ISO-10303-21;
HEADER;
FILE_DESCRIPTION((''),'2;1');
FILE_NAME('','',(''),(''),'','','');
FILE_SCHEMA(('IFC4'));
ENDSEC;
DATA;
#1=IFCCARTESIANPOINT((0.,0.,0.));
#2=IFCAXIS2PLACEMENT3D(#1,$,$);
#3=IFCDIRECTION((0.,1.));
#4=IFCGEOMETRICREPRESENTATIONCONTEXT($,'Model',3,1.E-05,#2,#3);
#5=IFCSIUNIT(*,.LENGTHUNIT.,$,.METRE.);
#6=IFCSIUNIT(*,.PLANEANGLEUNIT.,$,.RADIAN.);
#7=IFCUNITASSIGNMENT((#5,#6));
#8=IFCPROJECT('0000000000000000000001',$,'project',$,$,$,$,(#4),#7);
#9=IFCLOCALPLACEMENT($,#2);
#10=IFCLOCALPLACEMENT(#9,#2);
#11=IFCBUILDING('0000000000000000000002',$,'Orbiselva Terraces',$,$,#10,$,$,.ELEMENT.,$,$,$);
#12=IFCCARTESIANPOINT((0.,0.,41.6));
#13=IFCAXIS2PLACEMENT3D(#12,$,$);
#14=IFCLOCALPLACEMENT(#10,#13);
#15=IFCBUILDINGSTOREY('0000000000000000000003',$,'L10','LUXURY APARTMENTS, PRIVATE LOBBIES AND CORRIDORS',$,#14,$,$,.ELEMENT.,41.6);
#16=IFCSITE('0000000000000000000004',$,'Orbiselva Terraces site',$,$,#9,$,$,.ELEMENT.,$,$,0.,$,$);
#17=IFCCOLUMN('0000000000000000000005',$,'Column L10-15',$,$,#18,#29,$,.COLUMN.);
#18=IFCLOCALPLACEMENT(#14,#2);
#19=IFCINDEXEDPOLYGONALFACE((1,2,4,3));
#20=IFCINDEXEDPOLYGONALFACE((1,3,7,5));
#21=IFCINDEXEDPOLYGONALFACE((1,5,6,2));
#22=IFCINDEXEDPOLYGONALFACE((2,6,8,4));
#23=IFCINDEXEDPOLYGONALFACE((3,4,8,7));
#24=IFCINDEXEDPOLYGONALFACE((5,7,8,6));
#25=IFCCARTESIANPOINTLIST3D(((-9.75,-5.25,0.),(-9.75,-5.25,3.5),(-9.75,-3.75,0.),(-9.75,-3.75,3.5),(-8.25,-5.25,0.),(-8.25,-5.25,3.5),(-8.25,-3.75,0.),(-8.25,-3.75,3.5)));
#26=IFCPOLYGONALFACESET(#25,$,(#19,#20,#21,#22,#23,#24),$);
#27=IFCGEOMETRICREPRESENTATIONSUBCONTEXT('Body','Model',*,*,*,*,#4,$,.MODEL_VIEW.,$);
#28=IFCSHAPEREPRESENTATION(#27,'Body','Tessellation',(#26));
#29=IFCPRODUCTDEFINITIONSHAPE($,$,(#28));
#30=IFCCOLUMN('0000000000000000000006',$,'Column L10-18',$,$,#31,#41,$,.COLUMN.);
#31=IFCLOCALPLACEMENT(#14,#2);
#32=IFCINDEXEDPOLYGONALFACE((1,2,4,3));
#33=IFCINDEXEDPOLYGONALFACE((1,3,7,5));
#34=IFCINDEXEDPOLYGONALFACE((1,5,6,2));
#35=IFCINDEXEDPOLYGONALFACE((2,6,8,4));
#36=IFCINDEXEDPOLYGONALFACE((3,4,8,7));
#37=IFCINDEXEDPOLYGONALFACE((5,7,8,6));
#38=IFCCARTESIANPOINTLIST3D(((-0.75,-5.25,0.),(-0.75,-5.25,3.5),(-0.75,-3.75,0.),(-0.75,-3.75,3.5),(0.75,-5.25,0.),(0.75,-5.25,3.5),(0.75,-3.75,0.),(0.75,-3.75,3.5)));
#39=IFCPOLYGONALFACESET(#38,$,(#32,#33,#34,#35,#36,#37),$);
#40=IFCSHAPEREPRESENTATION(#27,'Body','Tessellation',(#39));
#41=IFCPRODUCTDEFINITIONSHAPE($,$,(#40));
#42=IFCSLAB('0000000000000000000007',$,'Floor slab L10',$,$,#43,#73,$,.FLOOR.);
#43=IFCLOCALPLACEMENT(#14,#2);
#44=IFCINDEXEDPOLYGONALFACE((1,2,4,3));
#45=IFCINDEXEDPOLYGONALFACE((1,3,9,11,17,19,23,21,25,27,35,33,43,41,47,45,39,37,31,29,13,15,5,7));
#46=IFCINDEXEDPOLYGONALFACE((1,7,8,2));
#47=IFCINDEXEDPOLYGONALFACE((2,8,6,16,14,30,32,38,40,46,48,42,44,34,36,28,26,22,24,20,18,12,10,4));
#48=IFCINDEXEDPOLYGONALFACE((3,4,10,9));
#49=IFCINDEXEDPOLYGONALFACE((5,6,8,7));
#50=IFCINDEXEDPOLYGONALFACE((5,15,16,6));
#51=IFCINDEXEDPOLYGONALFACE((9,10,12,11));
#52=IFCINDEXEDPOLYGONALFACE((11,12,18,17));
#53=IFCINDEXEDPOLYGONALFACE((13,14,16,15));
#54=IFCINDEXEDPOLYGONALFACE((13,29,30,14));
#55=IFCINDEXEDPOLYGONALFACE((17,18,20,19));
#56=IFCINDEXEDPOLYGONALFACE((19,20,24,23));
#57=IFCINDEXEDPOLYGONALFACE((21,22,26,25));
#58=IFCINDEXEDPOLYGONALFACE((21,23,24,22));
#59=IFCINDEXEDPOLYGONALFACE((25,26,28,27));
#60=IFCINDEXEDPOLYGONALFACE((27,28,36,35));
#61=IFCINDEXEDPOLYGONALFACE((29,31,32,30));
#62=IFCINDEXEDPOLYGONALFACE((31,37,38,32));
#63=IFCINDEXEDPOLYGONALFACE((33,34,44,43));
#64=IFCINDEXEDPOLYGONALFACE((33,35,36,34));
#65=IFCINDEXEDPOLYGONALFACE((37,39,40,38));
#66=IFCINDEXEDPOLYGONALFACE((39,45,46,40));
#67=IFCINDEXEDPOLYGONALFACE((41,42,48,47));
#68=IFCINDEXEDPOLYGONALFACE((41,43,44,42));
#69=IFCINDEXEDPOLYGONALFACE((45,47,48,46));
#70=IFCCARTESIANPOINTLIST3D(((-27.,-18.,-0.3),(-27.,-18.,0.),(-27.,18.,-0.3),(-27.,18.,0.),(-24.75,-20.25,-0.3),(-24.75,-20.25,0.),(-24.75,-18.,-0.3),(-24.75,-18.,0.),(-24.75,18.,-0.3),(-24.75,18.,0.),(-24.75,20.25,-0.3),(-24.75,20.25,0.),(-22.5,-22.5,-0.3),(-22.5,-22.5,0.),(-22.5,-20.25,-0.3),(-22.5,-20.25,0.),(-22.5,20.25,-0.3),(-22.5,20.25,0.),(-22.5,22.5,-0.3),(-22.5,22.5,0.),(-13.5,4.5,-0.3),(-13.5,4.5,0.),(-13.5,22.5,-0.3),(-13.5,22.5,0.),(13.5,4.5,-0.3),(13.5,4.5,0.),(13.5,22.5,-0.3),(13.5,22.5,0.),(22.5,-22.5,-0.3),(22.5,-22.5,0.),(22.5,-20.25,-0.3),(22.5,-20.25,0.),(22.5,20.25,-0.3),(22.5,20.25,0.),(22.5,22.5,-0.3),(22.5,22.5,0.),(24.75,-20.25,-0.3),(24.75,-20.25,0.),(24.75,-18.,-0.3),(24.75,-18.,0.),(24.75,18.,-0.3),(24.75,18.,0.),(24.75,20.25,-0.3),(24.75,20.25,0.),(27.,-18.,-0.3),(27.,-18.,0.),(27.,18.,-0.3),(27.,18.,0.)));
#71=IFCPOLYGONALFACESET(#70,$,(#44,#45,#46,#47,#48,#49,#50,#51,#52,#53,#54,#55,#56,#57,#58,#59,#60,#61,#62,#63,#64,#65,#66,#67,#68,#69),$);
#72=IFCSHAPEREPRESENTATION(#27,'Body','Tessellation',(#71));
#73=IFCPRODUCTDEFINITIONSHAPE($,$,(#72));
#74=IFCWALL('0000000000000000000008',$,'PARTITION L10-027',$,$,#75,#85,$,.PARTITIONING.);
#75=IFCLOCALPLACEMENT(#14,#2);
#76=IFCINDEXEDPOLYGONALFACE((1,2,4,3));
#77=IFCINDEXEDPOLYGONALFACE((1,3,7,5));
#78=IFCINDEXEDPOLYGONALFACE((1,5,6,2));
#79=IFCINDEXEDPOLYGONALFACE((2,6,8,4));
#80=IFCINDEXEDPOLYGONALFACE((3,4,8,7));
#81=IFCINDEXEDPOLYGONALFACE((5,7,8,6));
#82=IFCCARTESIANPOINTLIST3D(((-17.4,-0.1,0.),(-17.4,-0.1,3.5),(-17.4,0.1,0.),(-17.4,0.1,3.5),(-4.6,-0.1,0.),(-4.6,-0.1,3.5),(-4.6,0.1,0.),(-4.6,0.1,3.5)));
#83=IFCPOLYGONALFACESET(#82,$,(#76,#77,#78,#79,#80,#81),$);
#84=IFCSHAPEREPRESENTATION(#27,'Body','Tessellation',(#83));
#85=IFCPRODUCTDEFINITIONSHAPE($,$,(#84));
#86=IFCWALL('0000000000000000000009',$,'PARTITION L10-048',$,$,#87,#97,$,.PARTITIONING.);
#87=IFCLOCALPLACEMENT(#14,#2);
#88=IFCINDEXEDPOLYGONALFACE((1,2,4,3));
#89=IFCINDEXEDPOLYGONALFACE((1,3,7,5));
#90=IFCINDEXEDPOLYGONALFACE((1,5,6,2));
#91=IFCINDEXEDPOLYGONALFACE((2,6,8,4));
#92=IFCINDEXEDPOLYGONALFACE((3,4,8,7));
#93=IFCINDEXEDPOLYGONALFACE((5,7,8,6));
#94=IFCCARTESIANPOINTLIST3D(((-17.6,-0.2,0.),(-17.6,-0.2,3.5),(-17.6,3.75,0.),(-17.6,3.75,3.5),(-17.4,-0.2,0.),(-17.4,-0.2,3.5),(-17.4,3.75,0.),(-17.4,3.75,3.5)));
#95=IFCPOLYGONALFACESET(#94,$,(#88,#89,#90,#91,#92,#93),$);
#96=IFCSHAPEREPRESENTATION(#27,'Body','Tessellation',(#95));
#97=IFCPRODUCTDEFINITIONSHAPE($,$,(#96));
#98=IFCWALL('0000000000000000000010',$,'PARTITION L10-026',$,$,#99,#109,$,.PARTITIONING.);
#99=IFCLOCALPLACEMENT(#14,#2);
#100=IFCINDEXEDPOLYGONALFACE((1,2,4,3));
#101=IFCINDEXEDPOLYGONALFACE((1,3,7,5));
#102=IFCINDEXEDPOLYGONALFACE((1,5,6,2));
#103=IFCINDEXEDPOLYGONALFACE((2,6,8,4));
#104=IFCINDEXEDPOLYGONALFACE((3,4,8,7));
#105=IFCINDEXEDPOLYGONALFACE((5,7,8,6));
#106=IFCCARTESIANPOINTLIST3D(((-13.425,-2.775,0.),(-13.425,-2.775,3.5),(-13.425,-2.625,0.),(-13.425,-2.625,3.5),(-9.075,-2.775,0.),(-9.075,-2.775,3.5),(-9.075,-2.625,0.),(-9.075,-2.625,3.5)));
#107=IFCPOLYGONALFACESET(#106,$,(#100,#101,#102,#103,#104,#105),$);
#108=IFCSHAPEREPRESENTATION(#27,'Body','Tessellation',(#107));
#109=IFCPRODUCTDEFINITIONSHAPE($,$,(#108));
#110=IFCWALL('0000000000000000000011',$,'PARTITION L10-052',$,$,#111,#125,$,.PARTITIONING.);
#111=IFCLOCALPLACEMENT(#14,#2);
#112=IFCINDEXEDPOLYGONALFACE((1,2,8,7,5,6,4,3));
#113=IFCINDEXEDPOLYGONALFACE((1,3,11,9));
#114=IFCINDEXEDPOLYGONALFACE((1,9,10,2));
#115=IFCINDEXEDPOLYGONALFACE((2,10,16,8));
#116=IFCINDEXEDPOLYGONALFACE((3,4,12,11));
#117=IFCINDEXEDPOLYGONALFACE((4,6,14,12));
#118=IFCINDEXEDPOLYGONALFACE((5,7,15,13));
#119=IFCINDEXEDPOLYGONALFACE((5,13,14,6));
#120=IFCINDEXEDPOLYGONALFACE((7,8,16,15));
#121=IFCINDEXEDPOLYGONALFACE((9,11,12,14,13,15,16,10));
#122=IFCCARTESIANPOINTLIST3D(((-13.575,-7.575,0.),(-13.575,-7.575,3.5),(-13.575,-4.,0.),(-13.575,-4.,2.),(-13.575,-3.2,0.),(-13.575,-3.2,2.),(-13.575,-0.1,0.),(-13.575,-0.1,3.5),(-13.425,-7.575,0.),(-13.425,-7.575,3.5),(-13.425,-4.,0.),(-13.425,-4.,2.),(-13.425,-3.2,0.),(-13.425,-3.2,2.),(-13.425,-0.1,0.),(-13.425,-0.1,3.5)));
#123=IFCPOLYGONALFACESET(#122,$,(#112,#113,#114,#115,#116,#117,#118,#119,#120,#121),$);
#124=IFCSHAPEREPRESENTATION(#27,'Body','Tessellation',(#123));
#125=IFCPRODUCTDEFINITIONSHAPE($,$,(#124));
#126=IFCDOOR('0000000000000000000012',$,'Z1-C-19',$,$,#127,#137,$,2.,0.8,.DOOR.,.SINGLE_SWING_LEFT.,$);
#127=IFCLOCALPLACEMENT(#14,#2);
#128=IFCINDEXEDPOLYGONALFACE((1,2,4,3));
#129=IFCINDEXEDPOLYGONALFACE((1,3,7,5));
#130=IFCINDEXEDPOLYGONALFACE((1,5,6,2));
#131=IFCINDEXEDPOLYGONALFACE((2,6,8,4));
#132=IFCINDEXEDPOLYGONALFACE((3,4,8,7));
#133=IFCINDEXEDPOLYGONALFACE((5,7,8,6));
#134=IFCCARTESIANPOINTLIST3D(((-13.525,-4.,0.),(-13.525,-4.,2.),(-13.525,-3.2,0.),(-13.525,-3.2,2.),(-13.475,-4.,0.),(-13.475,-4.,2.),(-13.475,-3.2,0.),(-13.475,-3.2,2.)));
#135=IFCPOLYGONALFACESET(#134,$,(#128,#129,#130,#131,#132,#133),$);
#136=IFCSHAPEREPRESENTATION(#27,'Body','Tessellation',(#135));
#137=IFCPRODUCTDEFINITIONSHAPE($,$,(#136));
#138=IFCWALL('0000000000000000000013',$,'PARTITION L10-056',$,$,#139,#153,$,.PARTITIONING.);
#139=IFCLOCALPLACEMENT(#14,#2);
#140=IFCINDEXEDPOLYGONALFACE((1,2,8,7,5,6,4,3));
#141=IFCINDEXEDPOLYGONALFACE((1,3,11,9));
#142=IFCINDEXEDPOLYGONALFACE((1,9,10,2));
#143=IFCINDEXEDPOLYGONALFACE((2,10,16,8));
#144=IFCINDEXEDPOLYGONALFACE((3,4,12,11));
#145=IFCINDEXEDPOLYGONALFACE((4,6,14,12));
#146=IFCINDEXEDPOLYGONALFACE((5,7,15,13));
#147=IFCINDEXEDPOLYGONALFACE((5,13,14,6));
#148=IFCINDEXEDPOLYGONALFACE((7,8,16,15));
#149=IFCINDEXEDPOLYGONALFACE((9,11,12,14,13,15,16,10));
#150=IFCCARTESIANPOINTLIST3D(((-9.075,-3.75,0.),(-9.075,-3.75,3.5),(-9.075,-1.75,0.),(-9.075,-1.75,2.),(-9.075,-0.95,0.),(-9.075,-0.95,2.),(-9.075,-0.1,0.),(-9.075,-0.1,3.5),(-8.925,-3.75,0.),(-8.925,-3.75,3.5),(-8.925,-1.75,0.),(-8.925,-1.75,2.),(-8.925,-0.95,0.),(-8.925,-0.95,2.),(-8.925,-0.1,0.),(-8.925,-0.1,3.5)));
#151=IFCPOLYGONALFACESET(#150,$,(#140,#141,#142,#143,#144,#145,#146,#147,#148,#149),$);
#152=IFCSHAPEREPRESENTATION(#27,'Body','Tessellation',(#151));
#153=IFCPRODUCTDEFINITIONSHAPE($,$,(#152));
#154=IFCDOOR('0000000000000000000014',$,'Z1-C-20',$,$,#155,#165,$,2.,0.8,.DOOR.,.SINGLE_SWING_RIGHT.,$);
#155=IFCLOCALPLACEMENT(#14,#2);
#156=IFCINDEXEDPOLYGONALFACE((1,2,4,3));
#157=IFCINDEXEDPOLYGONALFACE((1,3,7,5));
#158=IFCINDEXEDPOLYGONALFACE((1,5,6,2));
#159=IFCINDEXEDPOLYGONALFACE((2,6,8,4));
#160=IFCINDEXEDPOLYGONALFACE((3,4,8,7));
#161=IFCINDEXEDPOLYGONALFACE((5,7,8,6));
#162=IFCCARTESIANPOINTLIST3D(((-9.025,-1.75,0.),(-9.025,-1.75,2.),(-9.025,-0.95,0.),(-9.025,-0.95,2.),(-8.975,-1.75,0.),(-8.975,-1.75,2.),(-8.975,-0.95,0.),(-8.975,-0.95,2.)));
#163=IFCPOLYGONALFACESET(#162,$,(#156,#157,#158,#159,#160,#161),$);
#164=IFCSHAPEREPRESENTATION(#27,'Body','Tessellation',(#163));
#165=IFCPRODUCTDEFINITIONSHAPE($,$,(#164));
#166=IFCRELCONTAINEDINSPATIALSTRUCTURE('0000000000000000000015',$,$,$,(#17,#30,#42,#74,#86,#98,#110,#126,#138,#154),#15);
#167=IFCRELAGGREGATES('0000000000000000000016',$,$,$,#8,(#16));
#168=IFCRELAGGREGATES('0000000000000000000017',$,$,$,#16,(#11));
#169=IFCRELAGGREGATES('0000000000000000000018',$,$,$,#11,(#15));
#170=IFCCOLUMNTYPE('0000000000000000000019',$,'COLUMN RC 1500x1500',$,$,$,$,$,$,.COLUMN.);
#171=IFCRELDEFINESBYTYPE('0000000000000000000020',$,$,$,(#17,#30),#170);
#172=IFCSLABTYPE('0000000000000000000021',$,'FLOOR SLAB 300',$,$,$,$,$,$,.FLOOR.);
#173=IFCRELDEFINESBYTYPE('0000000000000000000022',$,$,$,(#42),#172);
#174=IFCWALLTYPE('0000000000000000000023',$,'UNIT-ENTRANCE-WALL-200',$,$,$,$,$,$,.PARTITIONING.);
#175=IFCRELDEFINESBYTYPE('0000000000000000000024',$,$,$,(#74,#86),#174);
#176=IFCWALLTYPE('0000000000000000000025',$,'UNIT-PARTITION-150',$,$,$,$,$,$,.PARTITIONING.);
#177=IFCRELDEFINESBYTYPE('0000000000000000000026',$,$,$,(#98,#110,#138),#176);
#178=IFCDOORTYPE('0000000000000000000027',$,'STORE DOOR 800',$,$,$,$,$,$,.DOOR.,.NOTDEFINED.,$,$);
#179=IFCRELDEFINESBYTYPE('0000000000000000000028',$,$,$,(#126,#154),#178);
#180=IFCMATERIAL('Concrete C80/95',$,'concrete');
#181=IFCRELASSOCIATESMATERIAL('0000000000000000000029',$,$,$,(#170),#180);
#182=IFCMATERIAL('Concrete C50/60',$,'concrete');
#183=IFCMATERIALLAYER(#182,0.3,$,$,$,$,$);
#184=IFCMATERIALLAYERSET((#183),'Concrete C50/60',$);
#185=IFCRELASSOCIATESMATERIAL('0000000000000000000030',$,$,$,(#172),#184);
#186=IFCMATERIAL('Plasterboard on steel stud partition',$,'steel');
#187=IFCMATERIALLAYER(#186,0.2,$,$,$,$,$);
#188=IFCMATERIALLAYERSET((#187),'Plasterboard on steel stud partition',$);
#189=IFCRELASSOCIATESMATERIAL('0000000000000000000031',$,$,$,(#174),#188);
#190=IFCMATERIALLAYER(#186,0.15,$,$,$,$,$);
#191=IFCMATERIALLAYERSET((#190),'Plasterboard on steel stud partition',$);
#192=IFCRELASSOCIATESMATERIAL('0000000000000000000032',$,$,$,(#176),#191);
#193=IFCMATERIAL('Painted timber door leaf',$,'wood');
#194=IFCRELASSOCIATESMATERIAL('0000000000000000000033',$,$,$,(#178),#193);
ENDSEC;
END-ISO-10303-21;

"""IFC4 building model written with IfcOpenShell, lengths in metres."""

from ifc_helpers import new_model, si_unit, direction, frame, frame_2d, origin, origin_2d, place, context, subcontext, project, spatial, polyline, rectangle, outline, extrude, material, layer, layer_set, material_profile, profile_set, type_object, element, fill, save


model = new_model("IFC4")

# Units and contexts
model_context = context("Model", 3, precision=1e-05, world=origin(), true_north=direction((0.0, 1.0)))
body_context = subcontext(model_context, "Body", "Model", "MODEL_VIEW")
ifc_project = project(units=[si_unit("LENGTHUNIT", "METRE"), si_unit("PLANEANGLEUNIT", "RADIAN")], contexts=[model_context])

# Site, building, storey
site_placement = place(None, origin())
site = spatial("IfcSite", under=ifc_project, at=site_placement, Name="Orbiselva Terraces site", CompositionType="ELEMENT", RefElevation=0.0)
building_placement = place(site_placement, origin())
building = spatial("IfcBuilding", under=site, at=building_placement, Name="Orbiselva Terraces", CompositionType="ELEMENT")
storey_placement = place(building_placement, frame((0.0, 0.0, 41.6)))
storey = spatial("IfcBuildingStorey", under=building, at=storey_placement, Name="L10", Description="LUXURY APARTMENTS, PRIVATE LOBBIES AND CORRIDORS", CompositionType="ELEMENT", Elevation=41.6)

# Columns
ifc_material_1 = material(Name="Concrete C80/95", Category="concrete")
ifc_material_profile = material_profile(ifc_material_1, rectangle(XDim=1.5, YDim=1.5, at=origin_2d()), Name="RC 1500x1500")
ifc_profile_set = profile_set([ifc_material_profile], Name="Concrete C80/95")
column_type = type_object("IfcColumnType", Name="COLUMN RC 1500x1500", PredefinedType="COLUMN", material=ifc_profile_set)
for number, where, z_axis, x_axis, name in (
    (1, (-9.0, -4.5, 0.0), (0.0, 0.0, 1.0), (1.0, 0.0, 0.0), "Column L10-15"),
    (2, (0.0, -4.5, 0.0), (0.0, 0.0, 1.0), (1.0, 0.0, 0.0), "Column L10-18"),
):
    element("IfcColumn", number, at=place(storey_placement, frame(where, z_axis=z_axis, x_axis=x_axis)), inside=storey, type_object=column_type, Name=name, PredefinedType="COLUMN", context=body_context, shape_type="SweptSolid", body=[
        extrude(rectangle(XDim=1.5, YDim=1.5, at=origin_2d()), origin(), (0.0, 0.0, 1.0), 3.5),
    ])

# Slab
ifc_material_2 = material(Name="Concrete C50/60", Category="concrete")
ifc_layer_1 = layer(ifc_material_2, 0.3)
ifc_layer_set_1 = layer_set([ifc_layer_1], Name="Concrete C50/60")
slab_type = type_object("IfcSlabType", Name="FLOOR SLAB 300", PredefinedType="FLOOR", material=ifc_layer_set_1)
slab_placement = place(storey_placement, frame((0.0, 0.0, -0.3)))
element("IfcSlab", 3, at=slab_placement, inside=storey, type_object=slab_type, Name="Floor slab L10", PredefinedType="FLOOR", context=body_context, shape_type="SweptSolid", body=[
    extrude(outline(polyline([(22.5, 22.5), (22.5, 20.25), (24.75, 20.25), (24.75, 18.0), (27.0, 18.0), (27.0, -18.0), (24.75, -18.0), (24.75, -20.25), (22.5, -20.25), (22.5, -22.5), (-22.5, -22.5), (-22.5, -20.25), (-24.75, -20.25), (-24.75, -18.0), (-27.0, -18.0), (-27.0, 18.0), (-24.75, 18.0), (-24.75, 20.25), (-22.5, 20.25), (-22.5, 22.5), (-13.5, 22.5), (-13.5, 4.5), (13.5, 4.5), (13.5, 22.5), (22.5, 22.5)])), origin(), (0.0, 0.0, 1.0), 0.3),
])

# Walls
ifc_material_3 = material(Name="Plasterboard on steel stud partition", Category="steel")
ifc_layer_2 = layer(ifc_material_3, 0.2)
ifc_layer_set_2 = layer_set([ifc_layer_2], Name="Plasterboard on steel stud partition")
wall_type_1 = type_object("IfcWallType", Name="UNIT-ENTRANCE-WALL-200", PredefinedType="PARTITIONING", material=ifc_layer_set_2)
wall_1_placement = place(storey_placement, frame((-17.4, 0.0, 0.0), z_axis=(0.0, 0.0, 1.0), x_axis=(1.0, 0.0, 0.0)))
element("IfcWall", 4, at=wall_1_placement, inside=storey, type_object=wall_type_1, Name="PARTITION L10-027", PredefinedType="PARTITIONING", context=body_context, shape_type="SweptSolid", body=[
    extrude(rectangle(XDim=12.8, YDim=0.2, at=frame_2d((6.4, 0.0))), origin(), (0.0, 0.0, 1.0), 3.5),
])
wall_2_placement = place(storey_placement, frame((-17.5, -0.2, 0.0), z_axis=(0.0, 0.0, 1.0), x_axis=(0.0, 1.0, 0.0)))
element("IfcWall", 5, at=wall_2_placement, inside=storey, type_object=wall_type_1, Name="PARTITION L10-048", PredefinedType="PARTITIONING", context=body_context, shape_type="SweptSolid", body=[
    extrude(rectangle(XDim=3.95, YDim=0.2, at=frame_2d((1.975, 0.0))), origin(), (0.0, 0.0, 1.0), 3.5),
])
ifc_layer_3 = layer(ifc_material_3, 0.15)
ifc_layer_set_3 = layer_set([ifc_layer_3], Name="Plasterboard on steel stud partition")
wall_type_2 = type_object("IfcWallType", Name="UNIT-PARTITION-150", PredefinedType="PARTITIONING", material=ifc_layer_set_3)
wall_3_placement = place(storey_placement, frame((-13.425, -2.7, 0.0), z_axis=(0.0, 0.0, 1.0), x_axis=(1.0, 0.0, 0.0)))
element("IfcWall", 6, at=wall_3_placement, inside=storey, type_object=wall_type_2, Name="PARTITION L10-026", PredefinedType="PARTITIONING", context=body_context, shape_type="SweptSolid", body=[
    extrude(rectangle(XDim=4.35, YDim=0.15, at=frame_2d((2.175, 0.0))), origin(), (0.0, 0.0, 1.0), 3.5),
])

# Walls, openings, doors
wall_4_placement = place(storey_placement, frame((-13.5, -0.1, 0.0), z_axis=(0.0, 0.0, 1.0), x_axis=(0.0, -1.0, 0.0)))
wall_4 = element("IfcWall", 7, at=wall_4_placement, inside=storey, type_object=wall_type_2, Name="PARTITION L10-052", PredefinedType="PARTITIONING", context=body_context, shape_type="SweptSolid", body=[
    extrude(rectangle(XDim=7.475, YDim=0.15, at=frame_2d((3.7375, 0.0))), origin(), (0.0, 0.0, 1.0), 3.5),
])
opening_1_placement = place(wall_4_placement, frame((3.1, 0.0, 0.0)))
opening_1 = element("IfcOpeningElement", 8, at=opening_1_placement, cuts=wall_4, PredefinedType="OPENING", context=body_context, shape_type="SweptSolid", body=[
    extrude(rectangle(XDim=0.8, YDim=2.0, at=frame_2d((0.4, 1.0))), frame((0.0, 0.085, 0.0), z_axis=(0.0, -1.0, 0.0), x_axis=(1.0, 0.0, 0.0)), (0.0, 0.0, 1.0), 0.17),
])
ifc_material_4 = material(Name="Painted timber door leaf", Category="wood")
door_type = type_object("IfcDoorType", Name="STORE DOOR 800", OperationType="NOTDEFINED", PredefinedType="DOOR", material=ifc_material_4)
door_1_placement = place(opening_1_placement, origin())
door_1 = element("IfcDoor", 9, at=door_1_placement, inside=storey, type_object=door_type, Name="Z1-C-19", OperationType="SINGLE_SWING_LEFT", OverallHeight=2.0, OverallWidth=0.8, PredefinedType="DOOR", context=body_context, shape_type="SweptSolid", body=[
    extrude(rectangle(XDim=0.8, YDim=2.0, at=frame_2d((0.4, 1.0))), frame((0.0, 0.025, 0.0), z_axis=(0.0, -1.0, 0.0), x_axis=(1.0, 0.0, 0.0)), (0.0, 0.0, 1.0), 0.05),
])
fill(opening_1, door_1)
wall_5_placement = place(storey_placement, frame((-9.0, -3.75, 0.0), z_axis=(0.0, 0.0, 1.0), x_axis=(0.0, 1.0, 0.0)))
wall_5 = element("IfcWall", 10, at=wall_5_placement, inside=storey, type_object=wall_type_2, Name="PARTITION L10-056", PredefinedType="PARTITIONING", context=body_context, shape_type="SweptSolid", body=[
    extrude(rectangle(XDim=3.65, YDim=0.15, at=frame_2d((1.825, 0.0))), origin(), (0.0, 0.0, 1.0), 3.5),
])
opening_2_placement = place(wall_5_placement, frame((2.0, 0.0, 0.0)))
opening_2 = element("IfcOpeningElement", 11, at=opening_2_placement, cuts=wall_5, PredefinedType="OPENING", context=body_context, shape_type="SweptSolid", body=[
    extrude(rectangle(XDim=0.8, YDim=2.0, at=frame_2d((0.4, 1.0))), frame((0.0, 0.085, 0.0), z_axis=(0.0, -1.0, 0.0), x_axis=(1.0, 0.0, 0.0)), (0.0, 0.0, 1.0), 0.17),
])
door_2_placement = place(opening_2_placement, origin())
door_2 = element("IfcDoor", 12, at=door_2_placement, inside=storey, type_object=door_type, Name="Z1-C-20", OperationType="SINGLE_SWING_RIGHT", OverallHeight=2.0, OverallWidth=0.8, PredefinedType="DOOR", context=body_context, shape_type="SweptSolid", body=[
    extrude(rectangle(XDim=0.8, YDim=2.0, at=frame_2d((0.4, 1.0))), frame((0.0, 0.025, 0.0), z_axis=(0.0, -1.0, 0.0), x_axis=(1.0, 0.0, 0.0)), (0.0, 0.0, 1.0), 0.05),
])
fill(opening_2, door_2)

save(model, "model.ifc")
